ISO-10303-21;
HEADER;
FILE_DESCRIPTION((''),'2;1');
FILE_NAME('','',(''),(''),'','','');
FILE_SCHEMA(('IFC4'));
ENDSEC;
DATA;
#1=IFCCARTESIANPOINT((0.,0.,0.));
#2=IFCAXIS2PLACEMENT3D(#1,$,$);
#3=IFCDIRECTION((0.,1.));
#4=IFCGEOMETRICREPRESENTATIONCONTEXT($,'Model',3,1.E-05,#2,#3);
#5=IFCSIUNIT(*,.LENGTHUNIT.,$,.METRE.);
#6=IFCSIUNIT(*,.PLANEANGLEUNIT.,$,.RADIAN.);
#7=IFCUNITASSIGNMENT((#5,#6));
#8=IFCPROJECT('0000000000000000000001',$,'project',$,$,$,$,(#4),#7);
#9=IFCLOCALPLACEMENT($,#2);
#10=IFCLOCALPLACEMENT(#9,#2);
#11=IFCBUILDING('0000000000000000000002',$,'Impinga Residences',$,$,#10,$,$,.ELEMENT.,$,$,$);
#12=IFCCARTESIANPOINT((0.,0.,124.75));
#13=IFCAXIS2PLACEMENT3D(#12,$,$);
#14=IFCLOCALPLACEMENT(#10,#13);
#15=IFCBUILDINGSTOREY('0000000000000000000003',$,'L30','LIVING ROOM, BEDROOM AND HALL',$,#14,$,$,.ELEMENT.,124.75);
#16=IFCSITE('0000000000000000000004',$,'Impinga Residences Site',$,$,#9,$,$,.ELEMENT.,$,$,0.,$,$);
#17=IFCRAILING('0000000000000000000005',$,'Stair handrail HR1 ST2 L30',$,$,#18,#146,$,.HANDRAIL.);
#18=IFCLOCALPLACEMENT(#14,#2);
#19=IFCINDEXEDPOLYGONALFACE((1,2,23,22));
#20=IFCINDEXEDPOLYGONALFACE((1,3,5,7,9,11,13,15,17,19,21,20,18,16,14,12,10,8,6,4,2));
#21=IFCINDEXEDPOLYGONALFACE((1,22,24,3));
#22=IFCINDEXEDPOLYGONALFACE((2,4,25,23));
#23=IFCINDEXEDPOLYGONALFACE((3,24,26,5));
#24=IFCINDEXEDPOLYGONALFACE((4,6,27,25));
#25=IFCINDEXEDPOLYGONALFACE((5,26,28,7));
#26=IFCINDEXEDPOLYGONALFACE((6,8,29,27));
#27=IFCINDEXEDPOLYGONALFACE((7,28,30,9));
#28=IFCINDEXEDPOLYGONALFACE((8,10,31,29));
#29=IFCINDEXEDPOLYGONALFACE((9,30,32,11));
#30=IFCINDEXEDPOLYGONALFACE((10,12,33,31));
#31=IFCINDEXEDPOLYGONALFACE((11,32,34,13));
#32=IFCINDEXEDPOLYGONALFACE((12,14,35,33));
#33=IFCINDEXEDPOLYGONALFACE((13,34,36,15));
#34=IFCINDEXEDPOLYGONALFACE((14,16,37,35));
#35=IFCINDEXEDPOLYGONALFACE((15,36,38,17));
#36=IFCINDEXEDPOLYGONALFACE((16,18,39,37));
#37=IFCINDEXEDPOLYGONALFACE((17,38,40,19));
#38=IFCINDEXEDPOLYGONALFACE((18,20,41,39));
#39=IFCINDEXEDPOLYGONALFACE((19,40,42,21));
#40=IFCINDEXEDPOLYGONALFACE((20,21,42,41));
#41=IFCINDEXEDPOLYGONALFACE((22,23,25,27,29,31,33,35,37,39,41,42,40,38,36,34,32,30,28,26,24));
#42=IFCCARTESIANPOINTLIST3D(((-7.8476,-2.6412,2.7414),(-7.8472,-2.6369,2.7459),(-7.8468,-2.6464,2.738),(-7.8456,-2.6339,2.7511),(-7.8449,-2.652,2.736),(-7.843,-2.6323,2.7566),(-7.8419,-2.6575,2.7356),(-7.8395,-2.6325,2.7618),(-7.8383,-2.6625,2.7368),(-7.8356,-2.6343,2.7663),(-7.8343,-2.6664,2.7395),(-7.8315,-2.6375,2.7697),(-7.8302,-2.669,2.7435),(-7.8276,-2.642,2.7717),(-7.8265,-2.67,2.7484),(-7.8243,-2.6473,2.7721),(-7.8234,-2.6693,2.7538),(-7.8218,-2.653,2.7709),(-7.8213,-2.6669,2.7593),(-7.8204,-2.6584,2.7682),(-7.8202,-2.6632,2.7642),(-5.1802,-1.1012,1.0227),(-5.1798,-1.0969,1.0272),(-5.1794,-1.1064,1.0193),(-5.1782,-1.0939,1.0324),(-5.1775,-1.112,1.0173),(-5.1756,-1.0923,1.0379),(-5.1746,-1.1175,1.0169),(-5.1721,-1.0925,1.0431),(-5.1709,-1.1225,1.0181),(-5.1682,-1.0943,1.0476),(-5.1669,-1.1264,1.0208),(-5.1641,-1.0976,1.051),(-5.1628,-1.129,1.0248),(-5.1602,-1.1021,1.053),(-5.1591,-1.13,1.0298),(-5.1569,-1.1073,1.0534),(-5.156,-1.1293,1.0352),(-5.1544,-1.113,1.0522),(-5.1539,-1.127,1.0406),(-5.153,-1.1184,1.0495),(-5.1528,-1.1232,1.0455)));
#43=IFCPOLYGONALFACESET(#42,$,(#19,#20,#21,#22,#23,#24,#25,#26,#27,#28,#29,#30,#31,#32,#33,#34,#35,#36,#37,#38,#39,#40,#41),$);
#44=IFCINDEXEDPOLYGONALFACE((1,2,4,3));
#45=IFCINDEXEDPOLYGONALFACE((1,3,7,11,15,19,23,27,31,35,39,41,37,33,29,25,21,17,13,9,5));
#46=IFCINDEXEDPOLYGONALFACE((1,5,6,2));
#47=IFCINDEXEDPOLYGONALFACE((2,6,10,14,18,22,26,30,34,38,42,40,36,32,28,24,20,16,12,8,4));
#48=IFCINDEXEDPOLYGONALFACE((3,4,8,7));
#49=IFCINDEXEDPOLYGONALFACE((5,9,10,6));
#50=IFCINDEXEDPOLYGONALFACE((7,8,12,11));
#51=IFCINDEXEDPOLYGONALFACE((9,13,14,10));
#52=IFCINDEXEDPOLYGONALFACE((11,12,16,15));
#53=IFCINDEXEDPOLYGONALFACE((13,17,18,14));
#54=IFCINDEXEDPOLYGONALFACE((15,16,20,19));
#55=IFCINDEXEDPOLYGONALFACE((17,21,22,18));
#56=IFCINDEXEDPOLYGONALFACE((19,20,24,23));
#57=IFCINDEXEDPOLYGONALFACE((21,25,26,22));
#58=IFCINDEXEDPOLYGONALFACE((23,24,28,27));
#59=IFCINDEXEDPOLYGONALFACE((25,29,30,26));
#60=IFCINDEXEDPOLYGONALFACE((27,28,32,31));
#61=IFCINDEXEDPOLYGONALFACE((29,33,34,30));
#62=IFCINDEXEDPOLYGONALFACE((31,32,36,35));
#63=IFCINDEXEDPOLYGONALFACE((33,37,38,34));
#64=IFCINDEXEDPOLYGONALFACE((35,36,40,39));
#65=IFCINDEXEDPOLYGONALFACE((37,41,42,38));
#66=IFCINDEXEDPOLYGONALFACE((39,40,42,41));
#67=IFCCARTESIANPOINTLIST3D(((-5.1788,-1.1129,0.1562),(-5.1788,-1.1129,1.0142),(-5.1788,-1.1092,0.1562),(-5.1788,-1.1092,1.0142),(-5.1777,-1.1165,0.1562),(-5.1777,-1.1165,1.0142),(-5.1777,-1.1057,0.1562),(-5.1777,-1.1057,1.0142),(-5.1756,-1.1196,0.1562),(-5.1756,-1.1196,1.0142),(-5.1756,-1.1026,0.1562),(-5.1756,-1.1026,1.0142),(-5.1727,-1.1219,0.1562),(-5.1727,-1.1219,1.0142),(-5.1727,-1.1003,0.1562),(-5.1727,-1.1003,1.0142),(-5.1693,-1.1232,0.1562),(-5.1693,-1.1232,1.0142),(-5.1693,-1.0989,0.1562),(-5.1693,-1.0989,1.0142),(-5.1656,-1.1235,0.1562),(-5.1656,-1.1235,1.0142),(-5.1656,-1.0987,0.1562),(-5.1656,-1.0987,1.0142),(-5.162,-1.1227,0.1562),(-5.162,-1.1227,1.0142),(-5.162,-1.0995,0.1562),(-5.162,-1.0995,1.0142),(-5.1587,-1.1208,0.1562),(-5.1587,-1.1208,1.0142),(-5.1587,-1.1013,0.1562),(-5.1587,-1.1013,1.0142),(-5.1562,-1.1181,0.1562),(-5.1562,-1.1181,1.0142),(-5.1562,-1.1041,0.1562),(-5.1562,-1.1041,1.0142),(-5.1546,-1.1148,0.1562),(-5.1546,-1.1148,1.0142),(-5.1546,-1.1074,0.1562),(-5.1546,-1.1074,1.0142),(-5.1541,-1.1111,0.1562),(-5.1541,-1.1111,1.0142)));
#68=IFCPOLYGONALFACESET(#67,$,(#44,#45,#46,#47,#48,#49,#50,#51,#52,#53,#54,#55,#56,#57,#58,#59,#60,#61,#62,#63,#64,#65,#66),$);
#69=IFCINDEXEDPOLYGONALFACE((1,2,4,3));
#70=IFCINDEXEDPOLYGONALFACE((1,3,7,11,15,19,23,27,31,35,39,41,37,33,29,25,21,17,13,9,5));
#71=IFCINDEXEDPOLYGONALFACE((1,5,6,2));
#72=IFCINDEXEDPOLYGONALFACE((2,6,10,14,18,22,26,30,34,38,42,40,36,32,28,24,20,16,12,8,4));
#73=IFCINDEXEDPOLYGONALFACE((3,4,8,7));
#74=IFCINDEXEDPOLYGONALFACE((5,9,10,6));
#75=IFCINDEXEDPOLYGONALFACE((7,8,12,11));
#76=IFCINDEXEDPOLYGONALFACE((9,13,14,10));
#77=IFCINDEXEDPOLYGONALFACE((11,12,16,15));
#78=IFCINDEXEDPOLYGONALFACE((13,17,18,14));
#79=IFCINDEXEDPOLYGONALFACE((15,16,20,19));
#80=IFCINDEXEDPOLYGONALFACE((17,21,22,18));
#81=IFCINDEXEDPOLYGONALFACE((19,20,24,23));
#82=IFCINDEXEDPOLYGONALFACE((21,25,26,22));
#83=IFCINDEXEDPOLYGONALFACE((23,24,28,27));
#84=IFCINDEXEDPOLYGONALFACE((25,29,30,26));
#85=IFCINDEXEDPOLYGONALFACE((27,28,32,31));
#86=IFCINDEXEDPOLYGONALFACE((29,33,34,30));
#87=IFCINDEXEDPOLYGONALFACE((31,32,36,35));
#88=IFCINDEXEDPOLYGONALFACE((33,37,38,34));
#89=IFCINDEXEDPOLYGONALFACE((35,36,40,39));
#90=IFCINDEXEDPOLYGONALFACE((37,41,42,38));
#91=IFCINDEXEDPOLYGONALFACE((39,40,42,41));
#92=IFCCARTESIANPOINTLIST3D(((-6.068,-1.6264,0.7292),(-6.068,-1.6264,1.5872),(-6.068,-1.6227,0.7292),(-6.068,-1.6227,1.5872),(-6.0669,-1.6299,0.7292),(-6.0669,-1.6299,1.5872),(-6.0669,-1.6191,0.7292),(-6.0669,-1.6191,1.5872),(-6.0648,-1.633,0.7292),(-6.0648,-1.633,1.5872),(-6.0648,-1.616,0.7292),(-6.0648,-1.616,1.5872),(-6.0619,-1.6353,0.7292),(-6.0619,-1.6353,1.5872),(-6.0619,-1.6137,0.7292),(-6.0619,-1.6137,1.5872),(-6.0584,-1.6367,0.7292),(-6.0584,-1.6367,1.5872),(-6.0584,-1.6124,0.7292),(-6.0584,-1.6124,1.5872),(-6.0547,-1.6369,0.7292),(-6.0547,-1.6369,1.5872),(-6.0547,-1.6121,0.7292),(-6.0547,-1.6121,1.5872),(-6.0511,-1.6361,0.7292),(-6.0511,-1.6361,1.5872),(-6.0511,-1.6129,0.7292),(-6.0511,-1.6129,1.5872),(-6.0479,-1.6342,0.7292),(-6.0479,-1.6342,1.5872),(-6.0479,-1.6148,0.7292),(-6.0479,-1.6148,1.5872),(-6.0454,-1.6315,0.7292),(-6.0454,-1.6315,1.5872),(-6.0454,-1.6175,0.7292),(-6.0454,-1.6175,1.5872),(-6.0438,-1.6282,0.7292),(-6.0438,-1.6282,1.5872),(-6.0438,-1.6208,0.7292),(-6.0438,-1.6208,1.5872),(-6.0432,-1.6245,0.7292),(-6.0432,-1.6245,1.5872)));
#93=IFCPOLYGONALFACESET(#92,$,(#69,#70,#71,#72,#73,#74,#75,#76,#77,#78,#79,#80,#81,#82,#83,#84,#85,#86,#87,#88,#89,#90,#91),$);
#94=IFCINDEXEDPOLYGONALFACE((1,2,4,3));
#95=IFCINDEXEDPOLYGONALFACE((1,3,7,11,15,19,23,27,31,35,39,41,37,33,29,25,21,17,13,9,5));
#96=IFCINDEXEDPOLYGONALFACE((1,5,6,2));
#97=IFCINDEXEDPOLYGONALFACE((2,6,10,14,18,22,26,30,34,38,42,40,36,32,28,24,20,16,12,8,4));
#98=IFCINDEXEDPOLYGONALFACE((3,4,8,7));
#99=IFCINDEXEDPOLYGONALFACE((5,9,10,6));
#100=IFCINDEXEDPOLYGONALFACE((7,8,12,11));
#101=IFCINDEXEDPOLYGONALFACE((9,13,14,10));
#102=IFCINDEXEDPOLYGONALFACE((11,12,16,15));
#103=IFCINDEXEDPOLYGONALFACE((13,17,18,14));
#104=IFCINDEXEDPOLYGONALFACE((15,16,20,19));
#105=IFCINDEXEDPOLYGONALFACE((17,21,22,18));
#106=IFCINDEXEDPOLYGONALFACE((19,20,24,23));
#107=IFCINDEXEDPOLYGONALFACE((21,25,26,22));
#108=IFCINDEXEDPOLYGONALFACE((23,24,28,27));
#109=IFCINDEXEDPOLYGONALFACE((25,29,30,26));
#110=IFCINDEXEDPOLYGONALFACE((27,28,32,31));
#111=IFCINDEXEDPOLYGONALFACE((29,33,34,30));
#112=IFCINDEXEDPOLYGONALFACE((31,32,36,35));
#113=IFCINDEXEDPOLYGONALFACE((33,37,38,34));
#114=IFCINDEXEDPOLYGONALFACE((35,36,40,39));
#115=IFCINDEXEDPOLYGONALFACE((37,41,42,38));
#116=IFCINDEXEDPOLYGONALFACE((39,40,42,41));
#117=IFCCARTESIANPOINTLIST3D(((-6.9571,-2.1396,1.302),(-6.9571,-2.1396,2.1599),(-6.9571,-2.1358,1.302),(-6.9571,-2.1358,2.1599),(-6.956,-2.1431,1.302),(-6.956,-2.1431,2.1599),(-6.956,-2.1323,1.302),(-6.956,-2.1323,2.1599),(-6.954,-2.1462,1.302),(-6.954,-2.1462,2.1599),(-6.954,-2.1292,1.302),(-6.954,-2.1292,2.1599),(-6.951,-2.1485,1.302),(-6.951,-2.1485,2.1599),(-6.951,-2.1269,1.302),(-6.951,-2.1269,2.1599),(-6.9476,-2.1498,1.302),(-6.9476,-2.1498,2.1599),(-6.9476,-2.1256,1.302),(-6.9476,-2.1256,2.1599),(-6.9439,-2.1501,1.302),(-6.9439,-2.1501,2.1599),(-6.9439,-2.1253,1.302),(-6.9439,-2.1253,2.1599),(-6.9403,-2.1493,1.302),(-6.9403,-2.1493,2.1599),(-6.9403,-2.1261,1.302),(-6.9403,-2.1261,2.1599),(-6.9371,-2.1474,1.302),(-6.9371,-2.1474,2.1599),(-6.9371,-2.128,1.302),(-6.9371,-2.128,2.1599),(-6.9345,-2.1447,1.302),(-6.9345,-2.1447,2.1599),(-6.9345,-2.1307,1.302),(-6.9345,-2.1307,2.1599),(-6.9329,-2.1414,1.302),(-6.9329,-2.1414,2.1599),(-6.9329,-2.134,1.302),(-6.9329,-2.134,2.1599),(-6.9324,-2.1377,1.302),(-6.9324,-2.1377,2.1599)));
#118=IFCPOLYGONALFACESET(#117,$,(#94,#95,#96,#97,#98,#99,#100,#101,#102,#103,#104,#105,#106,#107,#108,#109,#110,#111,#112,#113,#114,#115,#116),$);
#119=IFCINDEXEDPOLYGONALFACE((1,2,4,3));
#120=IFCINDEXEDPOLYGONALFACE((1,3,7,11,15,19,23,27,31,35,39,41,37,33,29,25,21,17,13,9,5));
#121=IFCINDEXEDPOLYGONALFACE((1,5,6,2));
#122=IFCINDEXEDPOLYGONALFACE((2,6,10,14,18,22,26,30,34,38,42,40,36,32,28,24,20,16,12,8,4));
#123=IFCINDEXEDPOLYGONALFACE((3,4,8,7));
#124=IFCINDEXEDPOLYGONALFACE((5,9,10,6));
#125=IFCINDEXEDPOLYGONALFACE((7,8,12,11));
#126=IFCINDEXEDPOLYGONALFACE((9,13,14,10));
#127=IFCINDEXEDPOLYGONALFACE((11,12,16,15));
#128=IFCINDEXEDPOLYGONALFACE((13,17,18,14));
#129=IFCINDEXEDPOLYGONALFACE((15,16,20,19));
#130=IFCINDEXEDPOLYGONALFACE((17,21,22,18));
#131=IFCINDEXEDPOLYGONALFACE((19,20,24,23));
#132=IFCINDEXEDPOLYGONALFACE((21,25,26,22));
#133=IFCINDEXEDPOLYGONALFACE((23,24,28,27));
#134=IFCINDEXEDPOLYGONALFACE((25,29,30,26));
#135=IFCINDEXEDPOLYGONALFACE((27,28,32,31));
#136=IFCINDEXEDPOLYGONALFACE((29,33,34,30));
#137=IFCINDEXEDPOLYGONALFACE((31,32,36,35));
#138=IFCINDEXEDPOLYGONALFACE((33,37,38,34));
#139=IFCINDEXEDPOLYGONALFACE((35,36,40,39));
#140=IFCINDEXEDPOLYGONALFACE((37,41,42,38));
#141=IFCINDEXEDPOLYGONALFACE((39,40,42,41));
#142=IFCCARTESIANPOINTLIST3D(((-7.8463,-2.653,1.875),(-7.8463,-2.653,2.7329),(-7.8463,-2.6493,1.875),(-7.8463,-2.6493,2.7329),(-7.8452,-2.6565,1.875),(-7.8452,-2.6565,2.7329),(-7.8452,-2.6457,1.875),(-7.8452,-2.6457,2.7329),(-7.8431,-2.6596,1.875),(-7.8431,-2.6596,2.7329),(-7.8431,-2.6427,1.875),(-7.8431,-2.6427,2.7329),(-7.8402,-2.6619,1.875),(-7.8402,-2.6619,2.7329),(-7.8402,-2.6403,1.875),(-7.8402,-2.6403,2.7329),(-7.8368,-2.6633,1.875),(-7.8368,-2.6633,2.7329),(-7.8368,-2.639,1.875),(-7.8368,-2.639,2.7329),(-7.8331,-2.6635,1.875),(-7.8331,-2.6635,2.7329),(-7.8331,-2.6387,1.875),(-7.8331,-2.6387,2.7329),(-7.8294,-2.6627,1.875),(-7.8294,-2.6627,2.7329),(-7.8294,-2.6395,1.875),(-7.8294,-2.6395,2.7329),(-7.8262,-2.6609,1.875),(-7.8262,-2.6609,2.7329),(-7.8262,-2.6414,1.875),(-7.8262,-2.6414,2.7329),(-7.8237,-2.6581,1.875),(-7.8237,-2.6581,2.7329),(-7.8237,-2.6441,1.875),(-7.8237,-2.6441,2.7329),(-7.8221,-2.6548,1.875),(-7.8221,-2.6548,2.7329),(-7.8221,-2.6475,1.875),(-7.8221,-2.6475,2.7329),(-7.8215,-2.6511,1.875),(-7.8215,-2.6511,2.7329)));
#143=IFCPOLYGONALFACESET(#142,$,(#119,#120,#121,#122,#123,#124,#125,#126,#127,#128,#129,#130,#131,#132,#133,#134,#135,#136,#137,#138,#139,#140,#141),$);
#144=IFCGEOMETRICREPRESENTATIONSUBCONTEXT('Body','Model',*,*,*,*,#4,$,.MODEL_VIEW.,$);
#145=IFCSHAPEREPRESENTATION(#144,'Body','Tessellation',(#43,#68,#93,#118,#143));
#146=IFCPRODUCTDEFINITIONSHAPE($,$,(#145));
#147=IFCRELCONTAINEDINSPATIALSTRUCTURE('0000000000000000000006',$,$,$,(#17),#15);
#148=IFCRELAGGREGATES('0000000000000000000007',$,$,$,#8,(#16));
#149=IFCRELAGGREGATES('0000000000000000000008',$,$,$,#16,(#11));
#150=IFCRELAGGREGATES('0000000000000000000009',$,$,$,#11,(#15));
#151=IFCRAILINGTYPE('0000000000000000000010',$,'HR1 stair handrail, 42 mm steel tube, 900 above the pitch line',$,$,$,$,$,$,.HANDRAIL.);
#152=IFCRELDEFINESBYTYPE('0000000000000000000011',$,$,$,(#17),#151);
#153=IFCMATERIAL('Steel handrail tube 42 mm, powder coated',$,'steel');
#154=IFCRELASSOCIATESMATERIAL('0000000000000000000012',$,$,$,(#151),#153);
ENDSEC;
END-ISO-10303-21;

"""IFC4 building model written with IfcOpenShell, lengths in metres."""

from ifc_helpers import new_model, si_unit, direction, frame, origin, origin_2d, place, context, subcontext, project, spatial, circle, extrude, material, type_object, element, save


model = new_model("IFC4")

# Units and contexts
model_context = context("Model", 3, precision=1e-05, world=origin(), true_north=direction((0.0, 1.0)))
body_context = subcontext(model_context, "Body", "Model", "MODEL_VIEW")
ifc_project = project(units=[si_unit("LENGTHUNIT", "METRE"), si_unit("PLANEANGLEUNIT", "RADIAN")], contexts=[model_context])

# Site, building, storey
site_placement = place(None, origin())
site = spatial("IfcSite", under=ifc_project, at=site_placement, Name="Impinga Residences Site", CompositionType="ELEMENT", RefElevation=0.0)
building_placement = place(site_placement, origin())
building = spatial("IfcBuilding", under=site, at=building_placement, Name="Impinga Residences", CompositionType="ELEMENT")
storey_placement = place(building_placement, frame((0.0, 0.0, 124.75)))
storey = spatial("IfcBuildingStorey", under=building, at=storey_placement, Name="L30", Description="LIVING ROOM, BEDROOM AND HALL", CompositionType="ELEMENT", Elevation=124.75)

# Railing
ifc_material_1 = material(Name="Steel handrail tube 42 mm, powder coated", Category="steel")
railing_type_1 = type_object("IfcRailingType", Name="HR1 stair handrail, 42 mm steel tube, 900 above the pitch line", PredefinedType="HANDRAIL", material=ifc_material_1)
railing_1_placement = place(storey_placement, frame((-5.1665, -1.1111, 0.1562)))
element("IfcRailing", 1, at=railing_1_placement, inside=storey, type_object=railing_type_1, Name="Stair handrail HR1 ST2 L30", PredefinedType="HANDRAIL", context=body_context, shape_type="SweptSolid", body=[
    extrude(circle(Radius=0.021, at=origin_2d()), frame((0.0, 0.0, 0.8789), z_axis=(-0.756256, -0.436616, 0.487282), x_axis=(0.499992, -0.86603, 0.0)), (0.0, 0.0, 1.0), 3.5271),
    extrude(circle(Radius=0.0125, at=origin_2d()), origin(), (0.0, 0.0, 1.0), 0.8579),
    extrude(circle(Radius=0.0125, at=origin_2d()), frame((-0.8892, -0.5134, 0.573)), (0.0, 0.0, 1.0), 0.8579),
    extrude(circle(Radius=0.0125, at=origin_2d()), frame((-1.7783, -1.0266, 1.1458)), (0.0, 0.0, 1.0), 0.8579),
    extrude(circle(Radius=0.0125, at=origin_2d()), frame((-2.6675, -1.54, 1.7188)), (0.0, 0.0, 1.0), 0.8579),
])

save(model, "model.ifc")
